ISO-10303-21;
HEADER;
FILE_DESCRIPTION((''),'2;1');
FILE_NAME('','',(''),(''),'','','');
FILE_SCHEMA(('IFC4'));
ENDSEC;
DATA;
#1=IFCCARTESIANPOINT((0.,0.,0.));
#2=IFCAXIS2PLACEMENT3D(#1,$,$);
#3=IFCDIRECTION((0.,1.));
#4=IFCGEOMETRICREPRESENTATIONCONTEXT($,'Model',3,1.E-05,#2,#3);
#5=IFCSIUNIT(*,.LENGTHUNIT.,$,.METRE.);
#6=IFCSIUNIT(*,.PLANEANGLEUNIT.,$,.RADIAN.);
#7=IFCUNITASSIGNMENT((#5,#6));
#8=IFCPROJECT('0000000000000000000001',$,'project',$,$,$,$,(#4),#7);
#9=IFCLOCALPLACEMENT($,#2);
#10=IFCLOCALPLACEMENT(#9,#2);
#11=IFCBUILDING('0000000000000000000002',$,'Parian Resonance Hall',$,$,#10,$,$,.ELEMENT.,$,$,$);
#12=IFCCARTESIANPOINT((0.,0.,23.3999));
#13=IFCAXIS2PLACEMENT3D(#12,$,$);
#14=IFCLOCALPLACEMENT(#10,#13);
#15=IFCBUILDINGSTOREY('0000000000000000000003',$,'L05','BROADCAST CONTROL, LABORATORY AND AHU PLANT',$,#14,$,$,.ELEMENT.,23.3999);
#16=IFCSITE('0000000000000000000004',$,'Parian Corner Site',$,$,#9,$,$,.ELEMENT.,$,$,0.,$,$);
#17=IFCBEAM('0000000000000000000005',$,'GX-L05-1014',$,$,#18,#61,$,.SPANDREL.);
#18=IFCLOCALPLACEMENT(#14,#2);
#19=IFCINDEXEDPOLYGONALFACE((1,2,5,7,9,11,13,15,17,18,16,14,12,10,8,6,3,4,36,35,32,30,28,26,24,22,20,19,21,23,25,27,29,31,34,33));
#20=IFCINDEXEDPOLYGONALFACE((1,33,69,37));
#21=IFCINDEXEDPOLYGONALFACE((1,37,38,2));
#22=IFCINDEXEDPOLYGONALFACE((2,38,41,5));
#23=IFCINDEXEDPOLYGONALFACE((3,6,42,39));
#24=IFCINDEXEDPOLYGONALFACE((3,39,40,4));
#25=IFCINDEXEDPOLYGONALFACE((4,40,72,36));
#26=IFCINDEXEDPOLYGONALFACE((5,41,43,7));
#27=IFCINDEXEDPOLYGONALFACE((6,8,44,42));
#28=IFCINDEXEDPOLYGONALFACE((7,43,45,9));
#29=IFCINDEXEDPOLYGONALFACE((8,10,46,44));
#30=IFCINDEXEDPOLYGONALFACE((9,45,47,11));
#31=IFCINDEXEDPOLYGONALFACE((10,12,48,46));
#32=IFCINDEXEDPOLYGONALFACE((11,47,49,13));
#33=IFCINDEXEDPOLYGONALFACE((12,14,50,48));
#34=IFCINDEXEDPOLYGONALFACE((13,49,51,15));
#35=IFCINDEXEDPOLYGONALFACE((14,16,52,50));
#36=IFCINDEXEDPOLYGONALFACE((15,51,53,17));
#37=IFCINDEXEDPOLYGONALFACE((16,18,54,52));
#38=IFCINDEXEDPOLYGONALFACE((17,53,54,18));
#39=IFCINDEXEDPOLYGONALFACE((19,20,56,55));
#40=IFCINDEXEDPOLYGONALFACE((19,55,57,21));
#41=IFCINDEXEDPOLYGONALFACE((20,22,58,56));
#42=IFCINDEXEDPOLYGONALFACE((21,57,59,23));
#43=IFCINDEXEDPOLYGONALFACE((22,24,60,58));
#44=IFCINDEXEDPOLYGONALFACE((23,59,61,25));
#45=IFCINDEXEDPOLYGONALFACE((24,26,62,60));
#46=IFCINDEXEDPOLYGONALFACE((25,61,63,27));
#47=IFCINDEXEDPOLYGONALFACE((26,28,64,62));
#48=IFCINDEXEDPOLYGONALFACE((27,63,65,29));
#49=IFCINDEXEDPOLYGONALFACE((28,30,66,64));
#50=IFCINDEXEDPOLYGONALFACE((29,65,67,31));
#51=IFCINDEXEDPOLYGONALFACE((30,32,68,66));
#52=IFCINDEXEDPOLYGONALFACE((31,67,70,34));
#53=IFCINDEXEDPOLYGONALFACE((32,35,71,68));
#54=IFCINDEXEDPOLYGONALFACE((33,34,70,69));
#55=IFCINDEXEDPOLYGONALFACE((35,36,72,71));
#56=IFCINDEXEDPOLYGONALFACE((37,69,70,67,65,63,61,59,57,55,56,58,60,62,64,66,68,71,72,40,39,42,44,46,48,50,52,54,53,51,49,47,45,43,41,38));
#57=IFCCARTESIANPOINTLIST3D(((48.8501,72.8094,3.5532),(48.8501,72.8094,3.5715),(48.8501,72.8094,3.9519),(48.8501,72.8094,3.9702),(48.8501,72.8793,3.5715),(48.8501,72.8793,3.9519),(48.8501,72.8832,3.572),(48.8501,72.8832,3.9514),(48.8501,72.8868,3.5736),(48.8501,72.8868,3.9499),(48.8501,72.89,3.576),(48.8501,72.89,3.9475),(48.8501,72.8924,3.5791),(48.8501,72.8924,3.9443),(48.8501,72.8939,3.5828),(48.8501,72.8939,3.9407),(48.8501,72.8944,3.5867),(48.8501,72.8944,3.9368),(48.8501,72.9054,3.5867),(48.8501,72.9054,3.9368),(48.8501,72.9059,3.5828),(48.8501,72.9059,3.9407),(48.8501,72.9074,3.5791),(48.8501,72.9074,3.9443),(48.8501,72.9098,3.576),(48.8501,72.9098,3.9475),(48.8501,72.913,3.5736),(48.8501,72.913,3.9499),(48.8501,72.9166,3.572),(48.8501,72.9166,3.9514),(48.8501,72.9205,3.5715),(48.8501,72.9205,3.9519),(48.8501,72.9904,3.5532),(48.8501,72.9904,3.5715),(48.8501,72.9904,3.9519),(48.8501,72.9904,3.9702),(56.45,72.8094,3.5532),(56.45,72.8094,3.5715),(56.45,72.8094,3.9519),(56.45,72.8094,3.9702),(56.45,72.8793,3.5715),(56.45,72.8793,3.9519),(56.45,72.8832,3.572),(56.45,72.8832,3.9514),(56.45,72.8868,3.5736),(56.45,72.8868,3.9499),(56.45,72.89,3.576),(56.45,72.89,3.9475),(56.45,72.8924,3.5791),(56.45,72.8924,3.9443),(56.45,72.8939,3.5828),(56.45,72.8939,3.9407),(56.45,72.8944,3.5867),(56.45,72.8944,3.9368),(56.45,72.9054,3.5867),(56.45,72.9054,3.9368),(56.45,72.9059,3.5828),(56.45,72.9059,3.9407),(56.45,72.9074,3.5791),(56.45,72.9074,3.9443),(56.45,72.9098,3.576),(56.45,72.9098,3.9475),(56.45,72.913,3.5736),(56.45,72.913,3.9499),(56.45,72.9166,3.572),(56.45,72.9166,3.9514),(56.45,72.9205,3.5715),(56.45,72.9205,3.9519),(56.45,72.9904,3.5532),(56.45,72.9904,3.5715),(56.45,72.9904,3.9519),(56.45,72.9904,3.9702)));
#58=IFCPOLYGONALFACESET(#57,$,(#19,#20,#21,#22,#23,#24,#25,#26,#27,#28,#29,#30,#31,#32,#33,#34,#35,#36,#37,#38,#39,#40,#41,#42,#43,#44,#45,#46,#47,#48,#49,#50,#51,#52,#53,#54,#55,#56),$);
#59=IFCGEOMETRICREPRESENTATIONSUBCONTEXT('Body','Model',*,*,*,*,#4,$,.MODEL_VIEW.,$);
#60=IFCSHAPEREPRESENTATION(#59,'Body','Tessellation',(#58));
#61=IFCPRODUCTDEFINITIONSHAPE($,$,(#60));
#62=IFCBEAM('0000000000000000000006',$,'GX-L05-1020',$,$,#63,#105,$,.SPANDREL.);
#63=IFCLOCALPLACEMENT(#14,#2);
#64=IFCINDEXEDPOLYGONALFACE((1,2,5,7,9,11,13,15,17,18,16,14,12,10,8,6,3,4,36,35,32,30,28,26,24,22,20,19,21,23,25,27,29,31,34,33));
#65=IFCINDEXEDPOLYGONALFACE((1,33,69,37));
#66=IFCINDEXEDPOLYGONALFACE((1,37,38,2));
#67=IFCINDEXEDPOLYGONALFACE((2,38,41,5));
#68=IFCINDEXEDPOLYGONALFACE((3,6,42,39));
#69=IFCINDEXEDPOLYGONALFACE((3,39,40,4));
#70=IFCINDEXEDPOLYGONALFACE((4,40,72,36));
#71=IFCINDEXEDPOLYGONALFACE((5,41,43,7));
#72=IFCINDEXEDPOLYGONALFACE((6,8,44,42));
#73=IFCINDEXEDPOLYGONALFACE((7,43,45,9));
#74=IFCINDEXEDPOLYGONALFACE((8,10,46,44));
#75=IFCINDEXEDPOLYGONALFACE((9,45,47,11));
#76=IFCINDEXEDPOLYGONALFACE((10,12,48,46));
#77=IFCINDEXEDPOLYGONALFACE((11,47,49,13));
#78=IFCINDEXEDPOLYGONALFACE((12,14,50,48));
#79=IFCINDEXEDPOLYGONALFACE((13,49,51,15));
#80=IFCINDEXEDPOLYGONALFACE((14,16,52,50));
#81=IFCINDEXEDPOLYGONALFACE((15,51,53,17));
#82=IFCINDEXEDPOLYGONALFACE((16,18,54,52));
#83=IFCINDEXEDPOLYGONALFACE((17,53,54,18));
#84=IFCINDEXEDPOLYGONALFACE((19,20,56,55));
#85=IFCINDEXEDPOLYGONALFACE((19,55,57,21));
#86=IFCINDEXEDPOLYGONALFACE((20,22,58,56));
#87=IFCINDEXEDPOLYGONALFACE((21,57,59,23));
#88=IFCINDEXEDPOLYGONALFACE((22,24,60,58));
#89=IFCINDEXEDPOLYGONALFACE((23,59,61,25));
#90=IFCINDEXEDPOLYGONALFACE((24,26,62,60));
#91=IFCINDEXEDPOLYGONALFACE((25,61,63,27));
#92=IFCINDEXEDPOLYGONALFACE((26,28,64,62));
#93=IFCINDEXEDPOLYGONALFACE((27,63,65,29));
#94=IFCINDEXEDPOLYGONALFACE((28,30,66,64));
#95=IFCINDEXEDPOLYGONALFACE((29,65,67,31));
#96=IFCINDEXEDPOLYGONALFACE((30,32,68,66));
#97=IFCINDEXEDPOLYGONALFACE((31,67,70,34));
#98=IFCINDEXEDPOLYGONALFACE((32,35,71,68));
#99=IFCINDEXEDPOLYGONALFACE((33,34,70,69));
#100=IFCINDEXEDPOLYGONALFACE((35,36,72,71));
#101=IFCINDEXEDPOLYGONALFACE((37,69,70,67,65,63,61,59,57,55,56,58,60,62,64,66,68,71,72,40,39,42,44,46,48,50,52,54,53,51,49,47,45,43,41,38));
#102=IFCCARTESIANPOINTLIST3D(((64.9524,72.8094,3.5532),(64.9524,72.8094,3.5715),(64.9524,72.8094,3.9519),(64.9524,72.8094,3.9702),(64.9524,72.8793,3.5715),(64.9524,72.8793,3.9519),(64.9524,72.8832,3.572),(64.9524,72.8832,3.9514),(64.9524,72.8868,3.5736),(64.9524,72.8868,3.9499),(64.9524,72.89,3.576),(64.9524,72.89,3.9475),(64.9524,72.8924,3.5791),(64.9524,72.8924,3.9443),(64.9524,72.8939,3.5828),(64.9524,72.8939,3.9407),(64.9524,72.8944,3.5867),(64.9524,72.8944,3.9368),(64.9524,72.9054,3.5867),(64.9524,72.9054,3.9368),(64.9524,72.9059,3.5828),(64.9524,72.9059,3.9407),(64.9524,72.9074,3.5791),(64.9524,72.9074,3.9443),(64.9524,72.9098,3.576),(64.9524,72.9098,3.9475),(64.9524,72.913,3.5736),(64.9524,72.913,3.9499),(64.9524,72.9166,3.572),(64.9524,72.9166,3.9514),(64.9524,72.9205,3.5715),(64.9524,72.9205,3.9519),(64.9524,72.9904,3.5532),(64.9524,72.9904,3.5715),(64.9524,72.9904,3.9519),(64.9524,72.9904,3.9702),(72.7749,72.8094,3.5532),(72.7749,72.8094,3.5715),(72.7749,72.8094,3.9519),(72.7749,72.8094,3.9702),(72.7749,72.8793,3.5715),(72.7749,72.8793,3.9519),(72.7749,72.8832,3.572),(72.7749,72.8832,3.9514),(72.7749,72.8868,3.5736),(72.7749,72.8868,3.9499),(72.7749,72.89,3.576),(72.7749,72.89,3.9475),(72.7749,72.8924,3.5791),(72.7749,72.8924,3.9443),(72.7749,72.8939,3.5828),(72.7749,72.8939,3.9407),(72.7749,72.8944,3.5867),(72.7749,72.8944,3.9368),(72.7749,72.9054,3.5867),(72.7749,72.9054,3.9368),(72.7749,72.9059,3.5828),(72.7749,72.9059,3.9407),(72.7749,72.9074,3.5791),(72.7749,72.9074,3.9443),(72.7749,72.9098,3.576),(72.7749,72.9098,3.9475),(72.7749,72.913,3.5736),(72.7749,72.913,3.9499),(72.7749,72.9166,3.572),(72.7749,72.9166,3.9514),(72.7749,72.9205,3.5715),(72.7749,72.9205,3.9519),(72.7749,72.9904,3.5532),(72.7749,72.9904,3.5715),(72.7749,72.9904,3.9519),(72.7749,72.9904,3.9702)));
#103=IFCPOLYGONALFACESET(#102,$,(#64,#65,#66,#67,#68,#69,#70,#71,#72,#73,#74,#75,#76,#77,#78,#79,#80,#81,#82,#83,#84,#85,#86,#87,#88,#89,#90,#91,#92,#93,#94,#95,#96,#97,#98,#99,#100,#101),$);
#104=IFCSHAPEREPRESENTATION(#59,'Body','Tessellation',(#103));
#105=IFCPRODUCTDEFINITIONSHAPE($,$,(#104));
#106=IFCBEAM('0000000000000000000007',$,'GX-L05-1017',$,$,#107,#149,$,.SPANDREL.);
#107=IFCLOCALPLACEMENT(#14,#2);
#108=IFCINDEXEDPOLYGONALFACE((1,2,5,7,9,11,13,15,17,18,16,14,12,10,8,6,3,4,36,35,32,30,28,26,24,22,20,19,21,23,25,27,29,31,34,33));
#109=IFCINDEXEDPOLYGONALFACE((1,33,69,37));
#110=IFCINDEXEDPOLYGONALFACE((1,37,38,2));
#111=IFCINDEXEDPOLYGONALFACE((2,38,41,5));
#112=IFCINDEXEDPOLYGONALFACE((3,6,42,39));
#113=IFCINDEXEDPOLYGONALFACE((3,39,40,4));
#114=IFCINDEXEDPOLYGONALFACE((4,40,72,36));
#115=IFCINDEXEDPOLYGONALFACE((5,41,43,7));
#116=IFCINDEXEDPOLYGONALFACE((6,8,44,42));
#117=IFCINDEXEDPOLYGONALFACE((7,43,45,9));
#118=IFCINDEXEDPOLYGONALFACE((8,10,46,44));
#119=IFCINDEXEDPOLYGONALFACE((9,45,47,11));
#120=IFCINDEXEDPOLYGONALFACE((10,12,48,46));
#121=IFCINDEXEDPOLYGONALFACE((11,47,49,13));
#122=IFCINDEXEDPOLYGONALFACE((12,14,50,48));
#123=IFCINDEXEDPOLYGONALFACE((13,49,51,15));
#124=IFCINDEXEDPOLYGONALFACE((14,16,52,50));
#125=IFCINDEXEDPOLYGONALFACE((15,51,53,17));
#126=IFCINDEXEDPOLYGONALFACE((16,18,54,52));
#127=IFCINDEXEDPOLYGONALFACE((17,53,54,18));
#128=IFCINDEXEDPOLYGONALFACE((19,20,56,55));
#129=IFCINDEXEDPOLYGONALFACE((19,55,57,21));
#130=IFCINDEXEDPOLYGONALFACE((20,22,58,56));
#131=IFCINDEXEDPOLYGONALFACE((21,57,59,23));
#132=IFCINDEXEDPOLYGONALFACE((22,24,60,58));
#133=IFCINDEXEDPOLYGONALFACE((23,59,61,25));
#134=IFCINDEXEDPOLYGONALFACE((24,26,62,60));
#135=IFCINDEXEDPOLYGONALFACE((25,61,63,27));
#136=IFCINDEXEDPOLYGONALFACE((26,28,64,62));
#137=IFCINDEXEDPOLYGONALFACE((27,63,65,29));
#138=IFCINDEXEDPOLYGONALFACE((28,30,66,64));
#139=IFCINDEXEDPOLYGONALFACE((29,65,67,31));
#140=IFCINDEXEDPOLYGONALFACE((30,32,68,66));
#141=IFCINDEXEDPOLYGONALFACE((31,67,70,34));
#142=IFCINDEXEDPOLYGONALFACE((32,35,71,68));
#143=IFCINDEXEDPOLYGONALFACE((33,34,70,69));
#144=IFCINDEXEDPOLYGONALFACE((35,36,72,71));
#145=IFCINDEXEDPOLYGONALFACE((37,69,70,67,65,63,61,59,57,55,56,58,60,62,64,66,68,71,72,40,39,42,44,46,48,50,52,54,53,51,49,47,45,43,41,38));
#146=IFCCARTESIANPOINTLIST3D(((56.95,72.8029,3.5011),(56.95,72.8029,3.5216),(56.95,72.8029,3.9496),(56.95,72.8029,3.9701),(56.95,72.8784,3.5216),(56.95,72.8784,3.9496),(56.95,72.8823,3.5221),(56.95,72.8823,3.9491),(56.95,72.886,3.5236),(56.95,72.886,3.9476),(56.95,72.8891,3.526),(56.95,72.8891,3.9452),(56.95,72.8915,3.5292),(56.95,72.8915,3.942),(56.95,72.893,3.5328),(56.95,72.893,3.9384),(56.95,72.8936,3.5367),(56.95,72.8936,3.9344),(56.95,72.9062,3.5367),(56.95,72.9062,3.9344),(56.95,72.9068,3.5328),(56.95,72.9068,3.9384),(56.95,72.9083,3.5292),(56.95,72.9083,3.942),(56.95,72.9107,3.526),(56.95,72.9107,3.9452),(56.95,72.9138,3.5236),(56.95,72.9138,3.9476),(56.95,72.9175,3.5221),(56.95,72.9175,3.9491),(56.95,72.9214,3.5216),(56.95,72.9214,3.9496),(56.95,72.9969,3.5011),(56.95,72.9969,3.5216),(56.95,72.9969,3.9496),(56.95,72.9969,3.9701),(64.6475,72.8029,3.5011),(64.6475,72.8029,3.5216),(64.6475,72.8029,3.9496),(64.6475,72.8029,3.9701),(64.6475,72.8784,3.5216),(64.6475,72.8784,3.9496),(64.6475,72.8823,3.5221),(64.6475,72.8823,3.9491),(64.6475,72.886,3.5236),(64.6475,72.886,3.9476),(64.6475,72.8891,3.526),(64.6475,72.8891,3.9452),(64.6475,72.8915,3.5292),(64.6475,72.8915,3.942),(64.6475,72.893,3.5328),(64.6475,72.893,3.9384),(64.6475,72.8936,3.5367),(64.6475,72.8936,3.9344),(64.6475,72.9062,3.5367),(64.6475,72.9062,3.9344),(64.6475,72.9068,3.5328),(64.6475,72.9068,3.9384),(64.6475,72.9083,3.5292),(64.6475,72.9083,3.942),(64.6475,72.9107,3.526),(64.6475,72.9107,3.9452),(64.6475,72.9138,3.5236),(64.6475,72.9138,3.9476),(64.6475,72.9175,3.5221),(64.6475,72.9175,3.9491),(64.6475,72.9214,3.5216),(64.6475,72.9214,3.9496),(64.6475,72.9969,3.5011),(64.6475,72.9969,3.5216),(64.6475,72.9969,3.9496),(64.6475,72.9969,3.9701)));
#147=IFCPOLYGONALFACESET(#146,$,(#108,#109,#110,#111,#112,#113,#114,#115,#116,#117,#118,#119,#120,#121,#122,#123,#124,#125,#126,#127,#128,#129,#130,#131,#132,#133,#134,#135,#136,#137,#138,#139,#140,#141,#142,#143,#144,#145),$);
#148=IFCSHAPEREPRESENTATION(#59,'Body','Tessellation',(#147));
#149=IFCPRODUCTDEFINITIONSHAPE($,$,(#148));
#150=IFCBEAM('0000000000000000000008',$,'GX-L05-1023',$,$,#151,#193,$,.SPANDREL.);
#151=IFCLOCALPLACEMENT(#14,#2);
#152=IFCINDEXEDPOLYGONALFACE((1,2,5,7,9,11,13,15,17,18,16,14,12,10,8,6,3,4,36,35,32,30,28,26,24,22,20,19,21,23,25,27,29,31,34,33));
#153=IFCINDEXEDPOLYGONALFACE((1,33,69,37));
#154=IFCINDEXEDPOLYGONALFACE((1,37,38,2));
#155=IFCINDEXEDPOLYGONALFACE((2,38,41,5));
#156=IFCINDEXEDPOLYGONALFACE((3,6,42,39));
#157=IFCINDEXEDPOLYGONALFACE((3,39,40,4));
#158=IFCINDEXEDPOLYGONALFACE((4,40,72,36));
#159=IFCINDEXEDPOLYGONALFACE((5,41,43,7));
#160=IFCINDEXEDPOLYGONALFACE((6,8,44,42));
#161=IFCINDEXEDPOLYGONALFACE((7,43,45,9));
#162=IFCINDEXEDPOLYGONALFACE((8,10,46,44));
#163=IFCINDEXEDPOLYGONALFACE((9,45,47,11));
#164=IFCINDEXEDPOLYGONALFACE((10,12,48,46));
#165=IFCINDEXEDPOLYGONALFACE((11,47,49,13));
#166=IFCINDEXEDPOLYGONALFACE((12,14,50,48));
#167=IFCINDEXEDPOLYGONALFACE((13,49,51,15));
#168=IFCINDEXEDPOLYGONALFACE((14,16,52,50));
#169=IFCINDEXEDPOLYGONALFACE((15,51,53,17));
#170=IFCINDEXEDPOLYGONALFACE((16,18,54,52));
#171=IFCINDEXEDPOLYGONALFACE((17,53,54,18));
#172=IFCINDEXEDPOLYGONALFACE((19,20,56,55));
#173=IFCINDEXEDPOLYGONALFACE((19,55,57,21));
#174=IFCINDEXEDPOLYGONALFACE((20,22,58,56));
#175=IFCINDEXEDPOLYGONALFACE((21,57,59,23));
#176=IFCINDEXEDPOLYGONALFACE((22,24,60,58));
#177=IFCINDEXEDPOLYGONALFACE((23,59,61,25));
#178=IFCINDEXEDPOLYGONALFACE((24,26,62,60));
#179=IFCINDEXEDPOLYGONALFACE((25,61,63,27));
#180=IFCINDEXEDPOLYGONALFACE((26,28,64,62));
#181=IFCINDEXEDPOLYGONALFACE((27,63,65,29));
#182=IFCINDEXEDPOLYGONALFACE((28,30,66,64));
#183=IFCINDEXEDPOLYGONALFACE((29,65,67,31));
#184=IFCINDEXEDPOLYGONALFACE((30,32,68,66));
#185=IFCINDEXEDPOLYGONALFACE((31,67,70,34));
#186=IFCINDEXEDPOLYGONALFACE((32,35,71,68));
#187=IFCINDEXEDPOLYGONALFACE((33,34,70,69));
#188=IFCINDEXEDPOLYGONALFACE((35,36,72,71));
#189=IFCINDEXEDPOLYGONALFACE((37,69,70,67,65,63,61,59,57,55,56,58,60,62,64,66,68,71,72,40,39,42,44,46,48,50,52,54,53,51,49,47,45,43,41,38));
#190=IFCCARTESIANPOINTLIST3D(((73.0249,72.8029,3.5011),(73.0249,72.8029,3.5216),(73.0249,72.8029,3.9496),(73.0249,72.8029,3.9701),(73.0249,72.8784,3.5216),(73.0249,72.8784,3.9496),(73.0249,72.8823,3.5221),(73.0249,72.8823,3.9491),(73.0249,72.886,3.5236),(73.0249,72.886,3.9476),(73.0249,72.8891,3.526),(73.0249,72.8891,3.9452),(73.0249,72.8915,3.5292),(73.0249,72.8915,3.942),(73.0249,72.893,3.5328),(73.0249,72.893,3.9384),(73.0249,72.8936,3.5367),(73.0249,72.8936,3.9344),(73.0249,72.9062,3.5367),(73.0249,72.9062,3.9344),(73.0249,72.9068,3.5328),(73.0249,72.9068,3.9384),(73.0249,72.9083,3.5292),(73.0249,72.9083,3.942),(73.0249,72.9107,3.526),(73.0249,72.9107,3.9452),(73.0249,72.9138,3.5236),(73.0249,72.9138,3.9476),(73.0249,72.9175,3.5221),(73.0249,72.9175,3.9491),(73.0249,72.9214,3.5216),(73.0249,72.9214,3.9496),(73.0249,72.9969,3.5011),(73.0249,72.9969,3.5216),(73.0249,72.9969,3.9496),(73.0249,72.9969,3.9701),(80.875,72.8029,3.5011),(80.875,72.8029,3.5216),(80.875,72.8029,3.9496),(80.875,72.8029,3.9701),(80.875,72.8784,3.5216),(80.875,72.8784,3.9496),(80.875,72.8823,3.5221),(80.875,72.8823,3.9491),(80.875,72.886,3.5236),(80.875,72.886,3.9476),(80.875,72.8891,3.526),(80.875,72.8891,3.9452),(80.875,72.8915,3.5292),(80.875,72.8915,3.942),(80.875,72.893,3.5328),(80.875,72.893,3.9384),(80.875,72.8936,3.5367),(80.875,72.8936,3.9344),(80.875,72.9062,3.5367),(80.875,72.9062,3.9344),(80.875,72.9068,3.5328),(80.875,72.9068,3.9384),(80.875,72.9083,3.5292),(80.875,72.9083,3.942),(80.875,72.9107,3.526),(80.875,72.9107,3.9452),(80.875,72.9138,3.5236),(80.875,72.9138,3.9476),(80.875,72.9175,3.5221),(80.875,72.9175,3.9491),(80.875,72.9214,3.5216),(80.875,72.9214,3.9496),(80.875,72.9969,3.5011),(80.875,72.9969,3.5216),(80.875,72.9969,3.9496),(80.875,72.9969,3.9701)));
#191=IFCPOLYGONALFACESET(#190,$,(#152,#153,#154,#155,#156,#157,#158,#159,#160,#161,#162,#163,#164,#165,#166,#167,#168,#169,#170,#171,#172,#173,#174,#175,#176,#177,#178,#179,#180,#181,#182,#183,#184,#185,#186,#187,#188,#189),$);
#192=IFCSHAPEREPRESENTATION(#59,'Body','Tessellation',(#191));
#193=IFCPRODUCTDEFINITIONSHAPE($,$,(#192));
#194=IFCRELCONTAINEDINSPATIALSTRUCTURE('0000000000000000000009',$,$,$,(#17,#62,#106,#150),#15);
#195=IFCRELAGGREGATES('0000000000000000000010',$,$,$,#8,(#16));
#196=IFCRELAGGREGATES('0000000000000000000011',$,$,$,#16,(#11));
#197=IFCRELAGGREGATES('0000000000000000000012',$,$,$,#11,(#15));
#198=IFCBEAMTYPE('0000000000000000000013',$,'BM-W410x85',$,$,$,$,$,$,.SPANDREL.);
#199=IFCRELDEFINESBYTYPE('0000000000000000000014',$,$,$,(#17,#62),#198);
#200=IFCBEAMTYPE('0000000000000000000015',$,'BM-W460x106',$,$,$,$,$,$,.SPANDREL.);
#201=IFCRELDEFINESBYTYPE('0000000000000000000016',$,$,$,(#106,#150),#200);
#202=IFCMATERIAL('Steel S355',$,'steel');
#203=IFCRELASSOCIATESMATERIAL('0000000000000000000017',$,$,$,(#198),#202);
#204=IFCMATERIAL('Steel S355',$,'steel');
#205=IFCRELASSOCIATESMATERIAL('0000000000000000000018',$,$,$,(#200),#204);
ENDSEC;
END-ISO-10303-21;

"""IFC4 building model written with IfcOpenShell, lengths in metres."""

from ifc_helpers import new_model, si_unit, direction, frame, origin, origin_2d, place, context, subcontext, project, spatial, i_section, extrude, material, material_profile, profile_set, type_object, element, save


model = new_model("IFC4")

# Units and contexts
model_context = context("Model", 3, precision=1e-05, world=origin(), true_north=direction((0.0, 1.0)))
body_context = subcontext(model_context, "Body", "Model", "MODEL_VIEW")
ifc_project = project(units=[si_unit("LENGTHUNIT", "METRE"), si_unit("PLANEANGLEUNIT", "RADIAN")], contexts=[model_context])

# Site, building, storey
site_placement = place(None, origin())
site = spatial("IfcSite", under=ifc_project, at=site_placement, Name="Parian Corner Site", CompositionType="ELEMENT", RefElevation=0.0)
building_placement = place(site_placement, origin())
building = spatial("IfcBuilding", under=site, at=building_placement, Name="Parian Resonance Hall", CompositionType="ELEMENT")
storey_placement = place(building_placement, frame((0.0, 0.0, 23.3999)))
storey = spatial("IfcBuildingStorey", under=building, at=storey_placement, Name="L05", Description="BROADCAST CONTROL, LABORATORY AND AHU PLANT", CompositionType="ELEMENT", Elevation=23.3999)

# Beams
ifc_material_1 = material(Name="Steel S355", Category="steel")
ifc_material_profile_1 = material_profile(ifc_material_1, i_section(OverallWidth=0.1809, OverallDepth=0.417, WebThickness=0.011, FlangeThickness=0.0183, FilletRadius=0.0151, at=origin_2d()), Name="W410x85")
ifc_profile_set_1 = profile_set([ifc_material_profile_1], Name="Steel S355")
beam_type_1 = type_object("IfcBeamType", Name="BM-W410x85", PredefinedType="SPANDREL", material=ifc_profile_set_1)
beam_1_placement = place(storey_placement, frame((48.8501, 72.8999, 3.7617), z_axis=(1.0, 0.0, 0.0), x_axis=(0.0, 1.0, 0.0)))
element("IfcBeam", 1, at=beam_1_placement, inside=storey, type_object=beam_type_1, Name="GX-L05-1014", PredefinedType="SPANDREL", context=body_context, shape_type="SweptSolid", body=[
    extrude(i_section(OverallWidth=0.1809, OverallDepth=0.417, WebThickness=0.011, FlangeThickness=0.0183, FilletRadius=0.0151, at=origin_2d()), origin(), (0.0, 0.0, 1.0), 7.5999),
])
beam_2_placement = place(storey_placement, frame((64.9524, 72.8999, 3.7617), z_axis=(1.0, 0.0, 0.0), x_axis=(0.0, 1.0, 0.0)))
element("IfcBeam", 2, at=beam_2_placement, inside=storey, type_object=beam_type_1, Name="GX-L05-1020", PredefinedType="SPANDREL", context=body_context, shape_type="SweptSolid", body=[
    extrude(i_section(OverallWidth=0.1809, OverallDepth=0.417, WebThickness=0.011, FlangeThickness=0.0183, FilletRadius=0.0151, at=origin_2d()), origin(), (0.0, 0.0, 1.0), 7.8225),
])
ifc_material_2 = material(Name="Steel S355", Category="steel")
ifc_material_profile_2 = material_profile(ifc_material_2, i_section(OverallWidth=0.1941, OverallDepth=0.469, WebThickness=0.0127, FlangeThickness=0.0205, FilletRadius=0.0151, at=origin_2d()), Name="W460x106")
ifc_profile_set_2 = profile_set([ifc_material_profile_2], Name="Steel S355")
beam_type_2 = type_object("IfcBeamType", Name="BM-W460x106", PredefinedType="SPANDREL", material=ifc_profile_set_2)
beam_3_placement = place(storey_placement, frame((56.95, 72.8999, 3.7356), z_axis=(1.0, 0.0, 0.0), x_axis=(0.0, 1.0, 0.0)))
element("IfcBeam", 3, at=beam_3_placement, inside=storey, type_object=beam_type_2, Name="GX-L05-1017", PredefinedType="SPANDREL", context=body_context, shape_type="SweptSolid", body=[
    extrude(i_section(OverallWidth=0.1941, OverallDepth=0.469, WebThickness=0.0127, FlangeThickness=0.0205, FilletRadius=0.0151, at=origin_2d()), origin(), (0.0, 0.0, 1.0), 7.6975),
])
beam_4_placement = place(storey_placement, frame((73.0249, 72.8999, 3.7356), z_axis=(1.0, 0.0, 0.0), x_axis=(0.0, 1.0, 0.0)))
element("IfcBeam", 4, at=beam_4_placement, inside=storey, type_object=beam_type_2, Name="GX-L05-1023", PredefinedType="SPANDREL", context=body_context, shape_type="SweptSolid", body=[
    extrude(i_section(OverallWidth=0.1941, OverallDepth=0.469, WebThickness=0.0127, FlangeThickness=0.0205, FilletRadius=0.0151, at=origin_2d()), origin(), (0.0, 0.0, 1.0), 7.8501),
])

save(model, "model.ifc")
